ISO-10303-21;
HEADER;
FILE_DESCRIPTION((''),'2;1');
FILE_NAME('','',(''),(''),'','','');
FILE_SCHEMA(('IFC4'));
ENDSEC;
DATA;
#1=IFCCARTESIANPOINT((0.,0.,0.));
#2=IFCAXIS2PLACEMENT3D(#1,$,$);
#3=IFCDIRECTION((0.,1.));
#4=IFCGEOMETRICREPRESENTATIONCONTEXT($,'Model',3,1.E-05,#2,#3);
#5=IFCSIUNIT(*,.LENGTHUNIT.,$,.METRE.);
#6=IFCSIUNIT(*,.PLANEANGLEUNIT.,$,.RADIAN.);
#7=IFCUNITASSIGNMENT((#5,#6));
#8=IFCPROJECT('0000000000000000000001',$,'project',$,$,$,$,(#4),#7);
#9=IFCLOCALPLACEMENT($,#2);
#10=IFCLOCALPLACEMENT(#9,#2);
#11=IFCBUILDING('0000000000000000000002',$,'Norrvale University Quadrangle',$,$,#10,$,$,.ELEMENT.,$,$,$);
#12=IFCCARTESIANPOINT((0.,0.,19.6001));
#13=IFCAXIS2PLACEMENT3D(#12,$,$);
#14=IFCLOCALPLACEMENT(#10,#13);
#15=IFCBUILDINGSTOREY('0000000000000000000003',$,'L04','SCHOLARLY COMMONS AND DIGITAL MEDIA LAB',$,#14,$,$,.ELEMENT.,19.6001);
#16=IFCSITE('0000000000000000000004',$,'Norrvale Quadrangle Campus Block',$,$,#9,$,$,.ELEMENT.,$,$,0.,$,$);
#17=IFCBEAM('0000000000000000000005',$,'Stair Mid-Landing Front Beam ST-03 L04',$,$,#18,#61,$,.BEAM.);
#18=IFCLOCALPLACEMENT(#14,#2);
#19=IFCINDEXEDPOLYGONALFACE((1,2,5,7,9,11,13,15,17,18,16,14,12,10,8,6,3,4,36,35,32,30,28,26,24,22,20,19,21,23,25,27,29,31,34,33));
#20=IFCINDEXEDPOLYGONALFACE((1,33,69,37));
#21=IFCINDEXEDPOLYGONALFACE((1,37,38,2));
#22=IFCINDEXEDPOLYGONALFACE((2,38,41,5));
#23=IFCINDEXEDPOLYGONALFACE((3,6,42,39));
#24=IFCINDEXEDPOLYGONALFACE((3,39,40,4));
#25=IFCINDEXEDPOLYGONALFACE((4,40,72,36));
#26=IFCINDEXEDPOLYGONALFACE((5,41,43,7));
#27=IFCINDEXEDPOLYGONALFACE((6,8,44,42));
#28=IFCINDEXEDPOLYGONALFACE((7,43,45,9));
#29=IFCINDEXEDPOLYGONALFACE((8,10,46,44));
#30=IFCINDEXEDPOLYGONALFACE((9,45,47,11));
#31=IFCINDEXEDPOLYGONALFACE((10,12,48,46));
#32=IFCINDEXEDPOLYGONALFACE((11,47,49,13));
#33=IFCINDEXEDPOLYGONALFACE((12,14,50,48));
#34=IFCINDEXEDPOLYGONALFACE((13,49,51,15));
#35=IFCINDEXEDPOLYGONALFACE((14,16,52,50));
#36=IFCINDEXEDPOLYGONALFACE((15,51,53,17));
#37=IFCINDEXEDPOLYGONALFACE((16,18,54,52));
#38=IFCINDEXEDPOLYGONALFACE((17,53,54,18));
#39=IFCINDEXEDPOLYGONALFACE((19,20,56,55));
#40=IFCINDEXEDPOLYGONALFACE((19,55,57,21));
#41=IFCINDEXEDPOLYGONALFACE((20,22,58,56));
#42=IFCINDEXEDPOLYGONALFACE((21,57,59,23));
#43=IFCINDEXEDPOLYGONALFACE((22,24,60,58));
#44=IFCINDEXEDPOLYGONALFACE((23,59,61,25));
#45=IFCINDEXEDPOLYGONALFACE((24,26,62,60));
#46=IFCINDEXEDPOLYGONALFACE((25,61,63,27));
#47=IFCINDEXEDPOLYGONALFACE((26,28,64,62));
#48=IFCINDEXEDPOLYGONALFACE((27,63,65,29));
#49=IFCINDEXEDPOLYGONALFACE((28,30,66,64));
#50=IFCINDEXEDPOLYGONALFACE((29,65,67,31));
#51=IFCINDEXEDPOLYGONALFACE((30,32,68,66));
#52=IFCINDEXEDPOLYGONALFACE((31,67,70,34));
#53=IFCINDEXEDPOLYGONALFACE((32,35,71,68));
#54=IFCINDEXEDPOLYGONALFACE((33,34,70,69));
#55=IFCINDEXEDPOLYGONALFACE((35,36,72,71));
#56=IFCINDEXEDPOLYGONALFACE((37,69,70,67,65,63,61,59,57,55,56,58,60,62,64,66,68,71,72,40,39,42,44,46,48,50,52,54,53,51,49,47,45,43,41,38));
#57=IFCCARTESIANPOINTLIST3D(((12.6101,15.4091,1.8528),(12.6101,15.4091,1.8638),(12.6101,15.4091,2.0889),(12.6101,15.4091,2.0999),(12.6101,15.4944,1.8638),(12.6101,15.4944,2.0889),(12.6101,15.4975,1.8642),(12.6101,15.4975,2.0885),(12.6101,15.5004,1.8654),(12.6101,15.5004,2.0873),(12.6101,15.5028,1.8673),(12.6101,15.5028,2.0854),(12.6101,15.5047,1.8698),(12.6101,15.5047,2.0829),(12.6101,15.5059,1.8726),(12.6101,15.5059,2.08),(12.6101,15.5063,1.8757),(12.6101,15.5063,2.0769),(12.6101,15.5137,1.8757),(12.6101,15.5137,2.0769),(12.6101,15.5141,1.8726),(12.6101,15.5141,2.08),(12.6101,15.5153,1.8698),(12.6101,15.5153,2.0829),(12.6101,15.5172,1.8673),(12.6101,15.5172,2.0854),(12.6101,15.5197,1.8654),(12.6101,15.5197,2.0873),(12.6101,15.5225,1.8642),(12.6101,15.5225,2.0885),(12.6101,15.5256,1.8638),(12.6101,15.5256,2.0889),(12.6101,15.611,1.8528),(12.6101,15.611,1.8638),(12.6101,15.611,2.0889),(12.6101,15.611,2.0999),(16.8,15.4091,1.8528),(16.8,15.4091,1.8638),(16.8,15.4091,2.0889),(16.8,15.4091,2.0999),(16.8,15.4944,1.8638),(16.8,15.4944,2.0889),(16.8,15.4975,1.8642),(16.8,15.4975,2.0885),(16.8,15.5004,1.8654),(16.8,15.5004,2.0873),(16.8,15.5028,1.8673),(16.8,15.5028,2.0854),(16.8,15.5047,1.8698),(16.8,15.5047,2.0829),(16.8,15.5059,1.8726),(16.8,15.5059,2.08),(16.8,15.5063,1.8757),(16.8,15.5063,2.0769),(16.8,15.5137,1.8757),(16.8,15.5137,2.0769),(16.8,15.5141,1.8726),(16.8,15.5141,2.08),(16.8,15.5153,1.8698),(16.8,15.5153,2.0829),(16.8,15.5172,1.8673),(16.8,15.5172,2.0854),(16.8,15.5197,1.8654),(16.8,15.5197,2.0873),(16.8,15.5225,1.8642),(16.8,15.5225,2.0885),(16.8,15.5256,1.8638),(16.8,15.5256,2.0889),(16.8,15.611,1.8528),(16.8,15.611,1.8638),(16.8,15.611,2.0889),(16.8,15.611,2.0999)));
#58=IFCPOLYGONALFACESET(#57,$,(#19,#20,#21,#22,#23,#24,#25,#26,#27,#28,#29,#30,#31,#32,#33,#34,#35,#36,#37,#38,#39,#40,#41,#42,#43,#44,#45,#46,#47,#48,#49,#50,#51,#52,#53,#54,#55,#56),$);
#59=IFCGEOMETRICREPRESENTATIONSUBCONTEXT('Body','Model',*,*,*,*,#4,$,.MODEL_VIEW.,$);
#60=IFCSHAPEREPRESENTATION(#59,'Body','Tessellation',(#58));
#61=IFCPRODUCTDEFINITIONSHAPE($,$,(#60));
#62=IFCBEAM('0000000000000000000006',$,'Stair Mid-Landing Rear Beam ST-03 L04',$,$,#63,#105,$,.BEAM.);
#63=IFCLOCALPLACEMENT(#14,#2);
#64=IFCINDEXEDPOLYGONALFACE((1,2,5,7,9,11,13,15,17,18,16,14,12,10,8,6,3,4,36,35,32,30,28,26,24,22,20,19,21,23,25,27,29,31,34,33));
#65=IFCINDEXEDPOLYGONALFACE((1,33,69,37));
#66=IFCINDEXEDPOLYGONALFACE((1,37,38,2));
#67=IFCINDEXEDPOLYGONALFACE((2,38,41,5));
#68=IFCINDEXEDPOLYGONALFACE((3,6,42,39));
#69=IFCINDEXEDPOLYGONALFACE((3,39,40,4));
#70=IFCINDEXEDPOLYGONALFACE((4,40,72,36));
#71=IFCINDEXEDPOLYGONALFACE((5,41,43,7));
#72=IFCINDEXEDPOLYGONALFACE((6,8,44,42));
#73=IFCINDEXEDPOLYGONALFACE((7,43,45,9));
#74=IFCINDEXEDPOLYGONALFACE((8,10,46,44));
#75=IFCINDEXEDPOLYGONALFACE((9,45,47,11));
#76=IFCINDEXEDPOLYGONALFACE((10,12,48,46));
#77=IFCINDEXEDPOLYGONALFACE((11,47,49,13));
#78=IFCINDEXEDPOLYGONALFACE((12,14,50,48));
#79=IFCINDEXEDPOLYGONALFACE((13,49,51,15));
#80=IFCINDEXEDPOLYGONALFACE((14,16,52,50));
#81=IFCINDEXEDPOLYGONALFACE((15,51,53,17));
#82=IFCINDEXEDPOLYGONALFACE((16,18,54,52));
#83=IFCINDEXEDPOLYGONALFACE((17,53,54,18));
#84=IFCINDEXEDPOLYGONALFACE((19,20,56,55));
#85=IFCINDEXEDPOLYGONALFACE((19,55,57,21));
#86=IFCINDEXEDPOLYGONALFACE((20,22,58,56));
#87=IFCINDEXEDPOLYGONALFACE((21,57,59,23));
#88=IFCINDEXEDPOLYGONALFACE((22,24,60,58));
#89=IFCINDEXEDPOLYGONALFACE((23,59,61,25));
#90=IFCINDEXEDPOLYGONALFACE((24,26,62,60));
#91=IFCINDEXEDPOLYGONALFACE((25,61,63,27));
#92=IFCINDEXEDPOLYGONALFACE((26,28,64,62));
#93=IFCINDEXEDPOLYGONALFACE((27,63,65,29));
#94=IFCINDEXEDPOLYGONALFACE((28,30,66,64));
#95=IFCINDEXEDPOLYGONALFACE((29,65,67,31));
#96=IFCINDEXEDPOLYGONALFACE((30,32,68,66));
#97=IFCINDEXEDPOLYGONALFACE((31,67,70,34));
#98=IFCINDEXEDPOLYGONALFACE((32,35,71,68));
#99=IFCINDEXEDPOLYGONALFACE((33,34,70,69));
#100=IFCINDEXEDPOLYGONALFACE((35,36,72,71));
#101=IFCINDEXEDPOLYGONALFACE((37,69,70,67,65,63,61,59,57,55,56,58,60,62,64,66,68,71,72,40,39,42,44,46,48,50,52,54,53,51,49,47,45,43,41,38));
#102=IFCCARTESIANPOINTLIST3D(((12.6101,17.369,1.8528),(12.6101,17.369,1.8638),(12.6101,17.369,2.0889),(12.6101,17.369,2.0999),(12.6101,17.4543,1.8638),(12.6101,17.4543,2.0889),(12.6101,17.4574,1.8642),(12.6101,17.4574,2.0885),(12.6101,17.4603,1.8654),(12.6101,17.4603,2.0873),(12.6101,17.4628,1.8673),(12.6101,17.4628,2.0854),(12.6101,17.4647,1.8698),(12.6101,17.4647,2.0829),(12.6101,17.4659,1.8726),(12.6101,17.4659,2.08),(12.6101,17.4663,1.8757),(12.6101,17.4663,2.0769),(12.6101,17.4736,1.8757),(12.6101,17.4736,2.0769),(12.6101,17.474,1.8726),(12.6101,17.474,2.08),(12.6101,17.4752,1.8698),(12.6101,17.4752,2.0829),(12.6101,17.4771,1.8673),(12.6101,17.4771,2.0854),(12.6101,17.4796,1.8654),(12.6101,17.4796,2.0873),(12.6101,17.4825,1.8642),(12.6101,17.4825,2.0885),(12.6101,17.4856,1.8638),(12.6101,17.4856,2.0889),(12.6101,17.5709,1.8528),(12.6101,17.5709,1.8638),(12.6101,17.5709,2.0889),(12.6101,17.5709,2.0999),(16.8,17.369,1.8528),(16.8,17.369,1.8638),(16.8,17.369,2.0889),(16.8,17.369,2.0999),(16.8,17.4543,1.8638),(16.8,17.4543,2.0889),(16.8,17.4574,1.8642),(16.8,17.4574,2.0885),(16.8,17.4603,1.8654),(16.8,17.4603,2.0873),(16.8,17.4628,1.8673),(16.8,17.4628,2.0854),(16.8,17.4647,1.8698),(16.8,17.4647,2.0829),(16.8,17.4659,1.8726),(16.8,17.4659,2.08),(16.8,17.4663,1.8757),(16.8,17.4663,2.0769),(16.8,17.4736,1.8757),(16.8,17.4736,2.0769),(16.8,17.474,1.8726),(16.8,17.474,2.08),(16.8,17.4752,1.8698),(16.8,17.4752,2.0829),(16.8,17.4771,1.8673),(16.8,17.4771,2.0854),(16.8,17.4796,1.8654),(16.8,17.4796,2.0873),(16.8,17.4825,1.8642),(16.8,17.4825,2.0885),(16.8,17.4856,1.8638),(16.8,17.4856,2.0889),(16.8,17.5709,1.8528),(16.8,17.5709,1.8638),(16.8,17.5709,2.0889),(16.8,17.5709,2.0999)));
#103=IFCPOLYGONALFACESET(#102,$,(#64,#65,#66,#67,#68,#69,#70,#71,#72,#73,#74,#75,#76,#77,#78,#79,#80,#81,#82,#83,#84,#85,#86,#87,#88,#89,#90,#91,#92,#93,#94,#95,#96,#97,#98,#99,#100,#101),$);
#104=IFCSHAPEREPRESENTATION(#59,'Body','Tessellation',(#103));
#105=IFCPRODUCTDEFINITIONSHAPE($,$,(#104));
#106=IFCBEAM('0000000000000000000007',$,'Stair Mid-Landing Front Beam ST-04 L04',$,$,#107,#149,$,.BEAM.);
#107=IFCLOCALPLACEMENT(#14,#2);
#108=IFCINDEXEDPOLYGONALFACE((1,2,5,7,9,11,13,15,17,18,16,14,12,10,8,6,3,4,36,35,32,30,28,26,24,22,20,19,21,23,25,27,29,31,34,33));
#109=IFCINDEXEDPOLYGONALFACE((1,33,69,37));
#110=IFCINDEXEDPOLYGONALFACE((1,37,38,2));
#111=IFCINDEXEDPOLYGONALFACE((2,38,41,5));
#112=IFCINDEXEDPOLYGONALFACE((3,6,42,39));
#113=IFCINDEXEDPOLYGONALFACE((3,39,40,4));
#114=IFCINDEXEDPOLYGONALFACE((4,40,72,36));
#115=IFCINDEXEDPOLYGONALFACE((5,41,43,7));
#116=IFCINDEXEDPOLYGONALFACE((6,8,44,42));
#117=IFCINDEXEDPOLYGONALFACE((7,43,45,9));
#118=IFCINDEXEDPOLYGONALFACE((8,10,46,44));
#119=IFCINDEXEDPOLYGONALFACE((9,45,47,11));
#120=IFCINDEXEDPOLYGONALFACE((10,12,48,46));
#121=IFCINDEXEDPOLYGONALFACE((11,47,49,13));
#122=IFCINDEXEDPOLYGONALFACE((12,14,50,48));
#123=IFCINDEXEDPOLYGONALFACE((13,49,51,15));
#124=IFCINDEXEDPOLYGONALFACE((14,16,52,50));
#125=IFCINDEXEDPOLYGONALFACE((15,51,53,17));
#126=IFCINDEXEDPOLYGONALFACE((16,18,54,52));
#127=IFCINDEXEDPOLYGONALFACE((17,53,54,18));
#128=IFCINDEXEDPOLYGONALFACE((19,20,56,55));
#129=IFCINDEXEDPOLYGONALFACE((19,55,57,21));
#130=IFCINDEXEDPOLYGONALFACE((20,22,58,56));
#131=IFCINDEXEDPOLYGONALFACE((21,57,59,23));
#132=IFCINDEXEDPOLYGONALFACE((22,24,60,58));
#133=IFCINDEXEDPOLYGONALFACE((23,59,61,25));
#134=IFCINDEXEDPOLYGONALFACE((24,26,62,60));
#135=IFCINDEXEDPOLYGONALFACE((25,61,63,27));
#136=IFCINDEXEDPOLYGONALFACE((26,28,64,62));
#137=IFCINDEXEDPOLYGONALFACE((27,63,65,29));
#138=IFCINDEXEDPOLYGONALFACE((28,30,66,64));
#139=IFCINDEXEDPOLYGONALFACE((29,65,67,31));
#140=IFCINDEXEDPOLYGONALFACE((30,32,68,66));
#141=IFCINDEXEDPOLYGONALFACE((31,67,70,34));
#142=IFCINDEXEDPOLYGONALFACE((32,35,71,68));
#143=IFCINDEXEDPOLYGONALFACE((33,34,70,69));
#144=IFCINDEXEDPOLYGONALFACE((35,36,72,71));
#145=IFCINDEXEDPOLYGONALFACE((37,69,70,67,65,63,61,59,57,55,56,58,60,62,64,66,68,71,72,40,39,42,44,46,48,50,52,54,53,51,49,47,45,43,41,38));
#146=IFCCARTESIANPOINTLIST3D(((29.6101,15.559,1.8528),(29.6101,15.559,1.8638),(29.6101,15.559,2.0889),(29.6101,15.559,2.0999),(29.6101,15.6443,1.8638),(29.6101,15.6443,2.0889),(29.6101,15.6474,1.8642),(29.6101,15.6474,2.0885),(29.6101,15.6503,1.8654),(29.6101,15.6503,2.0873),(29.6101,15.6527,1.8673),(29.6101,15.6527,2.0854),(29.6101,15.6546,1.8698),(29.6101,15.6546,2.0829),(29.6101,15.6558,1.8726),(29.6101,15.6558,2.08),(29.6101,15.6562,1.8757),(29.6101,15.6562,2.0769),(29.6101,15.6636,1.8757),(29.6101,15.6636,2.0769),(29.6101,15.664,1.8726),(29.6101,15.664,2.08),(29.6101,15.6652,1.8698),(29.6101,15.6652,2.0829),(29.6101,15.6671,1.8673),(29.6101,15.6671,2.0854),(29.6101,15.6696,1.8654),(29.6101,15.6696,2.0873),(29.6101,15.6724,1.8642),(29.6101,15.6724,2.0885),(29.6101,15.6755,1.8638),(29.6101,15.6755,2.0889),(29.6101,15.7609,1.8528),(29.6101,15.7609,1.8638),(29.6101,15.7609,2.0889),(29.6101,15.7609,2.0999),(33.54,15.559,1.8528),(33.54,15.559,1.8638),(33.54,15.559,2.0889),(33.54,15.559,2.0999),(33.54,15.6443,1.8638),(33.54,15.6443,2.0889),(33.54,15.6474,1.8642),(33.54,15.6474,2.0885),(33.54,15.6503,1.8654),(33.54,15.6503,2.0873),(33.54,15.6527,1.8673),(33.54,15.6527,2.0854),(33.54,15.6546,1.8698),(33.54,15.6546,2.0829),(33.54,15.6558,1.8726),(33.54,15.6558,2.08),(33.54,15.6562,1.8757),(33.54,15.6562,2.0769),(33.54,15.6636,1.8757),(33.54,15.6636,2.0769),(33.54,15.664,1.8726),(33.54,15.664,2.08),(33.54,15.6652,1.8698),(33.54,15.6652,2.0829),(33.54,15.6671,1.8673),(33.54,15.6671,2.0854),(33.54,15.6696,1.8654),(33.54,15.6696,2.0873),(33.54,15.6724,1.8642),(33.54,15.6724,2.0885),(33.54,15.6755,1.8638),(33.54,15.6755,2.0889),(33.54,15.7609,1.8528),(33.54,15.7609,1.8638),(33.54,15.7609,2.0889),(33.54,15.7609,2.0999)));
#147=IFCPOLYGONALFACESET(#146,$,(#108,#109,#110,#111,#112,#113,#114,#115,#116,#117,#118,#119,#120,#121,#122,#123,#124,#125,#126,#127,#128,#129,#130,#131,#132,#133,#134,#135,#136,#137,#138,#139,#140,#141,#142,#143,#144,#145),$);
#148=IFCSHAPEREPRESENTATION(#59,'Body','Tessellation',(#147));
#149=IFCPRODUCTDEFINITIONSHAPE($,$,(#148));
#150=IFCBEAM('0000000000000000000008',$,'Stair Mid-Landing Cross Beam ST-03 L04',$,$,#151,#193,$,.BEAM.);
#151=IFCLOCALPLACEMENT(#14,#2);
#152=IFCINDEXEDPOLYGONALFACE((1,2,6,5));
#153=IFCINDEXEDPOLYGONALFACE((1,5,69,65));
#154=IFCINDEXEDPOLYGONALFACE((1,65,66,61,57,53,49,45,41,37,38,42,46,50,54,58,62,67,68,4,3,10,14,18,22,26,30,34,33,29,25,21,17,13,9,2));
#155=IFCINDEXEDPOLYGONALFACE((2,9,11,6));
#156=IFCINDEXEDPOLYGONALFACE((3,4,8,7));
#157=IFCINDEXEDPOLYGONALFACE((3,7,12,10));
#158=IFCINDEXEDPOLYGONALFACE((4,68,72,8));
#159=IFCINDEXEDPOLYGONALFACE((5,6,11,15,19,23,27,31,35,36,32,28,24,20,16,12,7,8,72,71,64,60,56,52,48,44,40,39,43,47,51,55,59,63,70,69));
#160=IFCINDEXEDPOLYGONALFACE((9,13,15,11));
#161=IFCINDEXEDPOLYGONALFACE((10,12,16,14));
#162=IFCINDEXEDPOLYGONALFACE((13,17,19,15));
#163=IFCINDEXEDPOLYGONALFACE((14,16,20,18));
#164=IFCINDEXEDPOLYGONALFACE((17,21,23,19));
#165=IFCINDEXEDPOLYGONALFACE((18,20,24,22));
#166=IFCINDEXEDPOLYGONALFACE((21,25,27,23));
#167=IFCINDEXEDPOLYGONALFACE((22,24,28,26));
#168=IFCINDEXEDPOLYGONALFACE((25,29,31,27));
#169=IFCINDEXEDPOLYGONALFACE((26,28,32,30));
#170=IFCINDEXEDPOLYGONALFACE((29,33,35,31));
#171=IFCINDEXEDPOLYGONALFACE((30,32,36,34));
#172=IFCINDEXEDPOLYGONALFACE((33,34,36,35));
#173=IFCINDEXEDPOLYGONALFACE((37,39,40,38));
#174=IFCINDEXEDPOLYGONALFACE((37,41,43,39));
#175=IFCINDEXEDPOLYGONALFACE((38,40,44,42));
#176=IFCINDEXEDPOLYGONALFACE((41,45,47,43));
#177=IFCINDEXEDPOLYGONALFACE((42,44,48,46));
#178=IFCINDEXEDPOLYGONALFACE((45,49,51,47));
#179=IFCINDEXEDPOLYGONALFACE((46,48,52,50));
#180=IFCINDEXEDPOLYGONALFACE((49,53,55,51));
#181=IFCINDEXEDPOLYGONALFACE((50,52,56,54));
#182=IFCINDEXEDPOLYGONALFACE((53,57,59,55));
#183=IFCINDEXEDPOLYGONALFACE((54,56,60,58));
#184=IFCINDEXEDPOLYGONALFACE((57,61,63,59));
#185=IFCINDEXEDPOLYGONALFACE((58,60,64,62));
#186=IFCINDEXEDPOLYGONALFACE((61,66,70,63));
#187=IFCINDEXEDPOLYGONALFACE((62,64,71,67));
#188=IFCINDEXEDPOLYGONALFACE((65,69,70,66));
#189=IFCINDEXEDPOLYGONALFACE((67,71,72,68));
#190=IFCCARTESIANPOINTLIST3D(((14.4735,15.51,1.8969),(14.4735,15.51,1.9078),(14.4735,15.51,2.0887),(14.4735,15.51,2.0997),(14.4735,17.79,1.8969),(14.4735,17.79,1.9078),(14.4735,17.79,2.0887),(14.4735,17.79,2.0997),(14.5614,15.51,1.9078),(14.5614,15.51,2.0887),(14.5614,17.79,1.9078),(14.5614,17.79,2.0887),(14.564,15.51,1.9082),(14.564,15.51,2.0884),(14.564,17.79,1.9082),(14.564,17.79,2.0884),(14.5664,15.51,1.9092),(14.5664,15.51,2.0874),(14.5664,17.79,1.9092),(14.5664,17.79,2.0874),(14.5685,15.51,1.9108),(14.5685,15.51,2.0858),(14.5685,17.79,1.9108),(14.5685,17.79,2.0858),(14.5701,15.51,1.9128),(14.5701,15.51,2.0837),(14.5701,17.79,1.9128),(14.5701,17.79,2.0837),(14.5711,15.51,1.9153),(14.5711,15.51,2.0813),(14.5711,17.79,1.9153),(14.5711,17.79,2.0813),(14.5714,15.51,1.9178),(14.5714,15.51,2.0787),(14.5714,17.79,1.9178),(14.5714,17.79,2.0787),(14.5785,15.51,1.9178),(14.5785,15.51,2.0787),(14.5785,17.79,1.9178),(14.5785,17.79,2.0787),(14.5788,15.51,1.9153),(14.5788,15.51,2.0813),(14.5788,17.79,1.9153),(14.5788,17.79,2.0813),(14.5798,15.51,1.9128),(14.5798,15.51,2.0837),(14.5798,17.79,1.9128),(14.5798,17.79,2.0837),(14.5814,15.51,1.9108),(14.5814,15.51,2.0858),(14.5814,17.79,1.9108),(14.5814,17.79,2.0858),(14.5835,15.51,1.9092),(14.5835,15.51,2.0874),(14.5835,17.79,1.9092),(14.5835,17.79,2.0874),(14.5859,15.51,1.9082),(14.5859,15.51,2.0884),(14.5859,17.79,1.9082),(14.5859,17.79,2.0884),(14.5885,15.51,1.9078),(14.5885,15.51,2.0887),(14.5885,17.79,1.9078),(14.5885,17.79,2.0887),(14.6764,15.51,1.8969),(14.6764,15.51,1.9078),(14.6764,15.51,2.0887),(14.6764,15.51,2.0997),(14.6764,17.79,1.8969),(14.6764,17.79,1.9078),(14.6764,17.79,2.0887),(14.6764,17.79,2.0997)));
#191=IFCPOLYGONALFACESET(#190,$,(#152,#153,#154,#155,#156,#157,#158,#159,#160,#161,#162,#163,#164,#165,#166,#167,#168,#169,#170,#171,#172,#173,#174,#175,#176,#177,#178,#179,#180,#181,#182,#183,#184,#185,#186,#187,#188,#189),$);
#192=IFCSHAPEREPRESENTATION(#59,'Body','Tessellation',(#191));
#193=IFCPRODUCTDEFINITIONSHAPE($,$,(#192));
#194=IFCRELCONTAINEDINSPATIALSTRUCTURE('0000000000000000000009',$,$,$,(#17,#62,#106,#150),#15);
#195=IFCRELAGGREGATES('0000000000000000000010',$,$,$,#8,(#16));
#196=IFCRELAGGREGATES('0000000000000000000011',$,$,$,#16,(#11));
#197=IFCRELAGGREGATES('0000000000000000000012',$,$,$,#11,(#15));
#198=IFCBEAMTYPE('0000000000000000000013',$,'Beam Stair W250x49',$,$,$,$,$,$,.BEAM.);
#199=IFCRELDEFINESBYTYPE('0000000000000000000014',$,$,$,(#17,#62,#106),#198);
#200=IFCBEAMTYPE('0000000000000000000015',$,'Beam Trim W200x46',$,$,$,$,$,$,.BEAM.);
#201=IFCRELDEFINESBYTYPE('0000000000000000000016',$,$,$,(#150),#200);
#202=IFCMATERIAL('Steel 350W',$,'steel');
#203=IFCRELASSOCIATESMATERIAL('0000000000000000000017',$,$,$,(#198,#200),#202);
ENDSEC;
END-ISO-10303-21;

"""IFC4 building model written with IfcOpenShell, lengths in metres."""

from ifc_helpers import new_model, si_unit, direction, frame, origin, origin_2d, place, context, subcontext, project, spatial, i_section, extrude, material, material_profile, profile_set, type_object, element, save


model = new_model("IFC4")

# Units and contexts
model_context = context("Model", 3, precision=1e-05, world=origin(), true_north=direction((0.0, 1.0)))
body_context = subcontext(model_context, "Body", "Model", "MODEL_VIEW")
ifc_project = project(units=[si_unit("LENGTHUNIT", "METRE"), si_unit("PLANEANGLEUNIT", "RADIAN")], contexts=[model_context])

# Site, building, storey
site_placement = place(None, origin())
site = spatial("IfcSite", under=ifc_project, at=site_placement, Name="Norrvale Quadrangle Campus Block", CompositionType="ELEMENT", RefElevation=0.0)
building_placement = place(site_placement, origin())
building = spatial("IfcBuilding", under=site, at=building_placement, Name="Norrvale University Quadrangle", CompositionType="ELEMENT")
storey_placement = place(building_placement, frame((0.0, 0.0, 19.6001)))
storey = spatial("IfcBuildingStorey", under=building, at=storey_placement, Name="L04", Description="SCHOLARLY COMMONS AND DIGITAL MEDIA LAB", CompositionType="ELEMENT", Elevation=19.6001)

# Beams
ifc_material_1 = material(Name="Steel 350W", Category="steel")
ifc_material_profile_1 = material_profile(ifc_material_1, i_section(OverallWidth=0.2019, OverallDepth=0.2471, WebThickness=0.0073, FlangeThickness=0.011, FilletRadius=0.012, at=origin_2d()), Name="Steel 350W")
ifc_profile_set_1 = profile_set([ifc_material_profile_1], Name="Steel 350W")
beam_type_1 = type_object("IfcBeamType", Name="Beam Stair W250x49", PredefinedType="BEAM", material=ifc_profile_set_1)
for number, where, z_axis, x_axis, name in (
    (1, (12.6101, 15.51, 1.9763), (1.0, 0.0, 0.0), (0.0, 1.0, 0.0), "Stair Mid-Landing Front Beam ST-03 L04"),
    (2, (12.6101, 17.47, 1.9763), (1.0, 0.0, 0.0), (0.0, 1.0, 0.0), "Stair Mid-Landing Rear Beam ST-03 L04"),
):
    element("IfcBeam", number, at=place(storey_placement, frame(where, z_axis=z_axis, x_axis=x_axis)), inside=storey, type_object=beam_type_1, Name=name, PredefinedType="BEAM", context=body_context, shape_type="SweptSolid", body=[
        extrude(i_section(OverallWidth=0.2019, OverallDepth=0.2471, WebThickness=0.0073, FlangeThickness=0.011, FilletRadius=0.012, at=origin_2d()), origin(), (0.0, 0.0, 1.0), 4.1899),
    ])
beam_1_placement = place(storey_placement, frame((29.6101, 15.6599, 1.9763), z_axis=(1.0, 0.0, 0.0), x_axis=(0.0, 1.0, 0.0)))
element("IfcBeam", 3, at=beam_1_placement, inside=storey, type_object=beam_type_1, Name="Stair Mid-Landing Front Beam ST-04 L04", PredefinedType="BEAM", context=body_context, shape_type="SweptSolid", body=[
    extrude(i_section(OverallWidth=0.2019, OverallDepth=0.2471, WebThickness=0.0073, FlangeThickness=0.011, FilletRadius=0.012, at=origin_2d()), origin(), (0.0, 0.0, 1.0), 3.9299),
])
ifc_material_profile_2 = material_profile(ifc_material_1, i_section(OverallWidth=0.2029, OverallDepth=0.2029, WebThickness=0.0071, FlangeThickness=0.011, FilletRadius=0.01, at=origin_2d()), Name="Steel 350W")
ifc_profile_set_2 = profile_set([ifc_material_profile_2], Name="Steel 350W")
beam_type_2 = type_object("IfcBeamType", Name="Beam Trim W200x46", PredefinedType="BEAM", material=ifc_profile_set_2)
beam_2_placement = place(storey_placement, frame((14.575, 15.51, 1.9983), z_axis=(0.0, 1.0, 0.0), x_axis=(-1.0, 0.0, 0.0)))
element("IfcBeam", 4, at=beam_2_placement, inside=storey, type_object=beam_type_2, Name="Stair Mid-Landing Cross Beam ST-03 L04", PredefinedType="BEAM", context=body_context, shape_type="SweptSolid", body=[
    extrude(i_section(OverallWidth=0.2029, OverallDepth=0.2029, WebThickness=0.0071, FlangeThickness=0.011, FilletRadius=0.01, at=origin_2d()), origin(), (0.0, 0.0, 1.0), 2.28),
])

save(model, "model.ifc")
